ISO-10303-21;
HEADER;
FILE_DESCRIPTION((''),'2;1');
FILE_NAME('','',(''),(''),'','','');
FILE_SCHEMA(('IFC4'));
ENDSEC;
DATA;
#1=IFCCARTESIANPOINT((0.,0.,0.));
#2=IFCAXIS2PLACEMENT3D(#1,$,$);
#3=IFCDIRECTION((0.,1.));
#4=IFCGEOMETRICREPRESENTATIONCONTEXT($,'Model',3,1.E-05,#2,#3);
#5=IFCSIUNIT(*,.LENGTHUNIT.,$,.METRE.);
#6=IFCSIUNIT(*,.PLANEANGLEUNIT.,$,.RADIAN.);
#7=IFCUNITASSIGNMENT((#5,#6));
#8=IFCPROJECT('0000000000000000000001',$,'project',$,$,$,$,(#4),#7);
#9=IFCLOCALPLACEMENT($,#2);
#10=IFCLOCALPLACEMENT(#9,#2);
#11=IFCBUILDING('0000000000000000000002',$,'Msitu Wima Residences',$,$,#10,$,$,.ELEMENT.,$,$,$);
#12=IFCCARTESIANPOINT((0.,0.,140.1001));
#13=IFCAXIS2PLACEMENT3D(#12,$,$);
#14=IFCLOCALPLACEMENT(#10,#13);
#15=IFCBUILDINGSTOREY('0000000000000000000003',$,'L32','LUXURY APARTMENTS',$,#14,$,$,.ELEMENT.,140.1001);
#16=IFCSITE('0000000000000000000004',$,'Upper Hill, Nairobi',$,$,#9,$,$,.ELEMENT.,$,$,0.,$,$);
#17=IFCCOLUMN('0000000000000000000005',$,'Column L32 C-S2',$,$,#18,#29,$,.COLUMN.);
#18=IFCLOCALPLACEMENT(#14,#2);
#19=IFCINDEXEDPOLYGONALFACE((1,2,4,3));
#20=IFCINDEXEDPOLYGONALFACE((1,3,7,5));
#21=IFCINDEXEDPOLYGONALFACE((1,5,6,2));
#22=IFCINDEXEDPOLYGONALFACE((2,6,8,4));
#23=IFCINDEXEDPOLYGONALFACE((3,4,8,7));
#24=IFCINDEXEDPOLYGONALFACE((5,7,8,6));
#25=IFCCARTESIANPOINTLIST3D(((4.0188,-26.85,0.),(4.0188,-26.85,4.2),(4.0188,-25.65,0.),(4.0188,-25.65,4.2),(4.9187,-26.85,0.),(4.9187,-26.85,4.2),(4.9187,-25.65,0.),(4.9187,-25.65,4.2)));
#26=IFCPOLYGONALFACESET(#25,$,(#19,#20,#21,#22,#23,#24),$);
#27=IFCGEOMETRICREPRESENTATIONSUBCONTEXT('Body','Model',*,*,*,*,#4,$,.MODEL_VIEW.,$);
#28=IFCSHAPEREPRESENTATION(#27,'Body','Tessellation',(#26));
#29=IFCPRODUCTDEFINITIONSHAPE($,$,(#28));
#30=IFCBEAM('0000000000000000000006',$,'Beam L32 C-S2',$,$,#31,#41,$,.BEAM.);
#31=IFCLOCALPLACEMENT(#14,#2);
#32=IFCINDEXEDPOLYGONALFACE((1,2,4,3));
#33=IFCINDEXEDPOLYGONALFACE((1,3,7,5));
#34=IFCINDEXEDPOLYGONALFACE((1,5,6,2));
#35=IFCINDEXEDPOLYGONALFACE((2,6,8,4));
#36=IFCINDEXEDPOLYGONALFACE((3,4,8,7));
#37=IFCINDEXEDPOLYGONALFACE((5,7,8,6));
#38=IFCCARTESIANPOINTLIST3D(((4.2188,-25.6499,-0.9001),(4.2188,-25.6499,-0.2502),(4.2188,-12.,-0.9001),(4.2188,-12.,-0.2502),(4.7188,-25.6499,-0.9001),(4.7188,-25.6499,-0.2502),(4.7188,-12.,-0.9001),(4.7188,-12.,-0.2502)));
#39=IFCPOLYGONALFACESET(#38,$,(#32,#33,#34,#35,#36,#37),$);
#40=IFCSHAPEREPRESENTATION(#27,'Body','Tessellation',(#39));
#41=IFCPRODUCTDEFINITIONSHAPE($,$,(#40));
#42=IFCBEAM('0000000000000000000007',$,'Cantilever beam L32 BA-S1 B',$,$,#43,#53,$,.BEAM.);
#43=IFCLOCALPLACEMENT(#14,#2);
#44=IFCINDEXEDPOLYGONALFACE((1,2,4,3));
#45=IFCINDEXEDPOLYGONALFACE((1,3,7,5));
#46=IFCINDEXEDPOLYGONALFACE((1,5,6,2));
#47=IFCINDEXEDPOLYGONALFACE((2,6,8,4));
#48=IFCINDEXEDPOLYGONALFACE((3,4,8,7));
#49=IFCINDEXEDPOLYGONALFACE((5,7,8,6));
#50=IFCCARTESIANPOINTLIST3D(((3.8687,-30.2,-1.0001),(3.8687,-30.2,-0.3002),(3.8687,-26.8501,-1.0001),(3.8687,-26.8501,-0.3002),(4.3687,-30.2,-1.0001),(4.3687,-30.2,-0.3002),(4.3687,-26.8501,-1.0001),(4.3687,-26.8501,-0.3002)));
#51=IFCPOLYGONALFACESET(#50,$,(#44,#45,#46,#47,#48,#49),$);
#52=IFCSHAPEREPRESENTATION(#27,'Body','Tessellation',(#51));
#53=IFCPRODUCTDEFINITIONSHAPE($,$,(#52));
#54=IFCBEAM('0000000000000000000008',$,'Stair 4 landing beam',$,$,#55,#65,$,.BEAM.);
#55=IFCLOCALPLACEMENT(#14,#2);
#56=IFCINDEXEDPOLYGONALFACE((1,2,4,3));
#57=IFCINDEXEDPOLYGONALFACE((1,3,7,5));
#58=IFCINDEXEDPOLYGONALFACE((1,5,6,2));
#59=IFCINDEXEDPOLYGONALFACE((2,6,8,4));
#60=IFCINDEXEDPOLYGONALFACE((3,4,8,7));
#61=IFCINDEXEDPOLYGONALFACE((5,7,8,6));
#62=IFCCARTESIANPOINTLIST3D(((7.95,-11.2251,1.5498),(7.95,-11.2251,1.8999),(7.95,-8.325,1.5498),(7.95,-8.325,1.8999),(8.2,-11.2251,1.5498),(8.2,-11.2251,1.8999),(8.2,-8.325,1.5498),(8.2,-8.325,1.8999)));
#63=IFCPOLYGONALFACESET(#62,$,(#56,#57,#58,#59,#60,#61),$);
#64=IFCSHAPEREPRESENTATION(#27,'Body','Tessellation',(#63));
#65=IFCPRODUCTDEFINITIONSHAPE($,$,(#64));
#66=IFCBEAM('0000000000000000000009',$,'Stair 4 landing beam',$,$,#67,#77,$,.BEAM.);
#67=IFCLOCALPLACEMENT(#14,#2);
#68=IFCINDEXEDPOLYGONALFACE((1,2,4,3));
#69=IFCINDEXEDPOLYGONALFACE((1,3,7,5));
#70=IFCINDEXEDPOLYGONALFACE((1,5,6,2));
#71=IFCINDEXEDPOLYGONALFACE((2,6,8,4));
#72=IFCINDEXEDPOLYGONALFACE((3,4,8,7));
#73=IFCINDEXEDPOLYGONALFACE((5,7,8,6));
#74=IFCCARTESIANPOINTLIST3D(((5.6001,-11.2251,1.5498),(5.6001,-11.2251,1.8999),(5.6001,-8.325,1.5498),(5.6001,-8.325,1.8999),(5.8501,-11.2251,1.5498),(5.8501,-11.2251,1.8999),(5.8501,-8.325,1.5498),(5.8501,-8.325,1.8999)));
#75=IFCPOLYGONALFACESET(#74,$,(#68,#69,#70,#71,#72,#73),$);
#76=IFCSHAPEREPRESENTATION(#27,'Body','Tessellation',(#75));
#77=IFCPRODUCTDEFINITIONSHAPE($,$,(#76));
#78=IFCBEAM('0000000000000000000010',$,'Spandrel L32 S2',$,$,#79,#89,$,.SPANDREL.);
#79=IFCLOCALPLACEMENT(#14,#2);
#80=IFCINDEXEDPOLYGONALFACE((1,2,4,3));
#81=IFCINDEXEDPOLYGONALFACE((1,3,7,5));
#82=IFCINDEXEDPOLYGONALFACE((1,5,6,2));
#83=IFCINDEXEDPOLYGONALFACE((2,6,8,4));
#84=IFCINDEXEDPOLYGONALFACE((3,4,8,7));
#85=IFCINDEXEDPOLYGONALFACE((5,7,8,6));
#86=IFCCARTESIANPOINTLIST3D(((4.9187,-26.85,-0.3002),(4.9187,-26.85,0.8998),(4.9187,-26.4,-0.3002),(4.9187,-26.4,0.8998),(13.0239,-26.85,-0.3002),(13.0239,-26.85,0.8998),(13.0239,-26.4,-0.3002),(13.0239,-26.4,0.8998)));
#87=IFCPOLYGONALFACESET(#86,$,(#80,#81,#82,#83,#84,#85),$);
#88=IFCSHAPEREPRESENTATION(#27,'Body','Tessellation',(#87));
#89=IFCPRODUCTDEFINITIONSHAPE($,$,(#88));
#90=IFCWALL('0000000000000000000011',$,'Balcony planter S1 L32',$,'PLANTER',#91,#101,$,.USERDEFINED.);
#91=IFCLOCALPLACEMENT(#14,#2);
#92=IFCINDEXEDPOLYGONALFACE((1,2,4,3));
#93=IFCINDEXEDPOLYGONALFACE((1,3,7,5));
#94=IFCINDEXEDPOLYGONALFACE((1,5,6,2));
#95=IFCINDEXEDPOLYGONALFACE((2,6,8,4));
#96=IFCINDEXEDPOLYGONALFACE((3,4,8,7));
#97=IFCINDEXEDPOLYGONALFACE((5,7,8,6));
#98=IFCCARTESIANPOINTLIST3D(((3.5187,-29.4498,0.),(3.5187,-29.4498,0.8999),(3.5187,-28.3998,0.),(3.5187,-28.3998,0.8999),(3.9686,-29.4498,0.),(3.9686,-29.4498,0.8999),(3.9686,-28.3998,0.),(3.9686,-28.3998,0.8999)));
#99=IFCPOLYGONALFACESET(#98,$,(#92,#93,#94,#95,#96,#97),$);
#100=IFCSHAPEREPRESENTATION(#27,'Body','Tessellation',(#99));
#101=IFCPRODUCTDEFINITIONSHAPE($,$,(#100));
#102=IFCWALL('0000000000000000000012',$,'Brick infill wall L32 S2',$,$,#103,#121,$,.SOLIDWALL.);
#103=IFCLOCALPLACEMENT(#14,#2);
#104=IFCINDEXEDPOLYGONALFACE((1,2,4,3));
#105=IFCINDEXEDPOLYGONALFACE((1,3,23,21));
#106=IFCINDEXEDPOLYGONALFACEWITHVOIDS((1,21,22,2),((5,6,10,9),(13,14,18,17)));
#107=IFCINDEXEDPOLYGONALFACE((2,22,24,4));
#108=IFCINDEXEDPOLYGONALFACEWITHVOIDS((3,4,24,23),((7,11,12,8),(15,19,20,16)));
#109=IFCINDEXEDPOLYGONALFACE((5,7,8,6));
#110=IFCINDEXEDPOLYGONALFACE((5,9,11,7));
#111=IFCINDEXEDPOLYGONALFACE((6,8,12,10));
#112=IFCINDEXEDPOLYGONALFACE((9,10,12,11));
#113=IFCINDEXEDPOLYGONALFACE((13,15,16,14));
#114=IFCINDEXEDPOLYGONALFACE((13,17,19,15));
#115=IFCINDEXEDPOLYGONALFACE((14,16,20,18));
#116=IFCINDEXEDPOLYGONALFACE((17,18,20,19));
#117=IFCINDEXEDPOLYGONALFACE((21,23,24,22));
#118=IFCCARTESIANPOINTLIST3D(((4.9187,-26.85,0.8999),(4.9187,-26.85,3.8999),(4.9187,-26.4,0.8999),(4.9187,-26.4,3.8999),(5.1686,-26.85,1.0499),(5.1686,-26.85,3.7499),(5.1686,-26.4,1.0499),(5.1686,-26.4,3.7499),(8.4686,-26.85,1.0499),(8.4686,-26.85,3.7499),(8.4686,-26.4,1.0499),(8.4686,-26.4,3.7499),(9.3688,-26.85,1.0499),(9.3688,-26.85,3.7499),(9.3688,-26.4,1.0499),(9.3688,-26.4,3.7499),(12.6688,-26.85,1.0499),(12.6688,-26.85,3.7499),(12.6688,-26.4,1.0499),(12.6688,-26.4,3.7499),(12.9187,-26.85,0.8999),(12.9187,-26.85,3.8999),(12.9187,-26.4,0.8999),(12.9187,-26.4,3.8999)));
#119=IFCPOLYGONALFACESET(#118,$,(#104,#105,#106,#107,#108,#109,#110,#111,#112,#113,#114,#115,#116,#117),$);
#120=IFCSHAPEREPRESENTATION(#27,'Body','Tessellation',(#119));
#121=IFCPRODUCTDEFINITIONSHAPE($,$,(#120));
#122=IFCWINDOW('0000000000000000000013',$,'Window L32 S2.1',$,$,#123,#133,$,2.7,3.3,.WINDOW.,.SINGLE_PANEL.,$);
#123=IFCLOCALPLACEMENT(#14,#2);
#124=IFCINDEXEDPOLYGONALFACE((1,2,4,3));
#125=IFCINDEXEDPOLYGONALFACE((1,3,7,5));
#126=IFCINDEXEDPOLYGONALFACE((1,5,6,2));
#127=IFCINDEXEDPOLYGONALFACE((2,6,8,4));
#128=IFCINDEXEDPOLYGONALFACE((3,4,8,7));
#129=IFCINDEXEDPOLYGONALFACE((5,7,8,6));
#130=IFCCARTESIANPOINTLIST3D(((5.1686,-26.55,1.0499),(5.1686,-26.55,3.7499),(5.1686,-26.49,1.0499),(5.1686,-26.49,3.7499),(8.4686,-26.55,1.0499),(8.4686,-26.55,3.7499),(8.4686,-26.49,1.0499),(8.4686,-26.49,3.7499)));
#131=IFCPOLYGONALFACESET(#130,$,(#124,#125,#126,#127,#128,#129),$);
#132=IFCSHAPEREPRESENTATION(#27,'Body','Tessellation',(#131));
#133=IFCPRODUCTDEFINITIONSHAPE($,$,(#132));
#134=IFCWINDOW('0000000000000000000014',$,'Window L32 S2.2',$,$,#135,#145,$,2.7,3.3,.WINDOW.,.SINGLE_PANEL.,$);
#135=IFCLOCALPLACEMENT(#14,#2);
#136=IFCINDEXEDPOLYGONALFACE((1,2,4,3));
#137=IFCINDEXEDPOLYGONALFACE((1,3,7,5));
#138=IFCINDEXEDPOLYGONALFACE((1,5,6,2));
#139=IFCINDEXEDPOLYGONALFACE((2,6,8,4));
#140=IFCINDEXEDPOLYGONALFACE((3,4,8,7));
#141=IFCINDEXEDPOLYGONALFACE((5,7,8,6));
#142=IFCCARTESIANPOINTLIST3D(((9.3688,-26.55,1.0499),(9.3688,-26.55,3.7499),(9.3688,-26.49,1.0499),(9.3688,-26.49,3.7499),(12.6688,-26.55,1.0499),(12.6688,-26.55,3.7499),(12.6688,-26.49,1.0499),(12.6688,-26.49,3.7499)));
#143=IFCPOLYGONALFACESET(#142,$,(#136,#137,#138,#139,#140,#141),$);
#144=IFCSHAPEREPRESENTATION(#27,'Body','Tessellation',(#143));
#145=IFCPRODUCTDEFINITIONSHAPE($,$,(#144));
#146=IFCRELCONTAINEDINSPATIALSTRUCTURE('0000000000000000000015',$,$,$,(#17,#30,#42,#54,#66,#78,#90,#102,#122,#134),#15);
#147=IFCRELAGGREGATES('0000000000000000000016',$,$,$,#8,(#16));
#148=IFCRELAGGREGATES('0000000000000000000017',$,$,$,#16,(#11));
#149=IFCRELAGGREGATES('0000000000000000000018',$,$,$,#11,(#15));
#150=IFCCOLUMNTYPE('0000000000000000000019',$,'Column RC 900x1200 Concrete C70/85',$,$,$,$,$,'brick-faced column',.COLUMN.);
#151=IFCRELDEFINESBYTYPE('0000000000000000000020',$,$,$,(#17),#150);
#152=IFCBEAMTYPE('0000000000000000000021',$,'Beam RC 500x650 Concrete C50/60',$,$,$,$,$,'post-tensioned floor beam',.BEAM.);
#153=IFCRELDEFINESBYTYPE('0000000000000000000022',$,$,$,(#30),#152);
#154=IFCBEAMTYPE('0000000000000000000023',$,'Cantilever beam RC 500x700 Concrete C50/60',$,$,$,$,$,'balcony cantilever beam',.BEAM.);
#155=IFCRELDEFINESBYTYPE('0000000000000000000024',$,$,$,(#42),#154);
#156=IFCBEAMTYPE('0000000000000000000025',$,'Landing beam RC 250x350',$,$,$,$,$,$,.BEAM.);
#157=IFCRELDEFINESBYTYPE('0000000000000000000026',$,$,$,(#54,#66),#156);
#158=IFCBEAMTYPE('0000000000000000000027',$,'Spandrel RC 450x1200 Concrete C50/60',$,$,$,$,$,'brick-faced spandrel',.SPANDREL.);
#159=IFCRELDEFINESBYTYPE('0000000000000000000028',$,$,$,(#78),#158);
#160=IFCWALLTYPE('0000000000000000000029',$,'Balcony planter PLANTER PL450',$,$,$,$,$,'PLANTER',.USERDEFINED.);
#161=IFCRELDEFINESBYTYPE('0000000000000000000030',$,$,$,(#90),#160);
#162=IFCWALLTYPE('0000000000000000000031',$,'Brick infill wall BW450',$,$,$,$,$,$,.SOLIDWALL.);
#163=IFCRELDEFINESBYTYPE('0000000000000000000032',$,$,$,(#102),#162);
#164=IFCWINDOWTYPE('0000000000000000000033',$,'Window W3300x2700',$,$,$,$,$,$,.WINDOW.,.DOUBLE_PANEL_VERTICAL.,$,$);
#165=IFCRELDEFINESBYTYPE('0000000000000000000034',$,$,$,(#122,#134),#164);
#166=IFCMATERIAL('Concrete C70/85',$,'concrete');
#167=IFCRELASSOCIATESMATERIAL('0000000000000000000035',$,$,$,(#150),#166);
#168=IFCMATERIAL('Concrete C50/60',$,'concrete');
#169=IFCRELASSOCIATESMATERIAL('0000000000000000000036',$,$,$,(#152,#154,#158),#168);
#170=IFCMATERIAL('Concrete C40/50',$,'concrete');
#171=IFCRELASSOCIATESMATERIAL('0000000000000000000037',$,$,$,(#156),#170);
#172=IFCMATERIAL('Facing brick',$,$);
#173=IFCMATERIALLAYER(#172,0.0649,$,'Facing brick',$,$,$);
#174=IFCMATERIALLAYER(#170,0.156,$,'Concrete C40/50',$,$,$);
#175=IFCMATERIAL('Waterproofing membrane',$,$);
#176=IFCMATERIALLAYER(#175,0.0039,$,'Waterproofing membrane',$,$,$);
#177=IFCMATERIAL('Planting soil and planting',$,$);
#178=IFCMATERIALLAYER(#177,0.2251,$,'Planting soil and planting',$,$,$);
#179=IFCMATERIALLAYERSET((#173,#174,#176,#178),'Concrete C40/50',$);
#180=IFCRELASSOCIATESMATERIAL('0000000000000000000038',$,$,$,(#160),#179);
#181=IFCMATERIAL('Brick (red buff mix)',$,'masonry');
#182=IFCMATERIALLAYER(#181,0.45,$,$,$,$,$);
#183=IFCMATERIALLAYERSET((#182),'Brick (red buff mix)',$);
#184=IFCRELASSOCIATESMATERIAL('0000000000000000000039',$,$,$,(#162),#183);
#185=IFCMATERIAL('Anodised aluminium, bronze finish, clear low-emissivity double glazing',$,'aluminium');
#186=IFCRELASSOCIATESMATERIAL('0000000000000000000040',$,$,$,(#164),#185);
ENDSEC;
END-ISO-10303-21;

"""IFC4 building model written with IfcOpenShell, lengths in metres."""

from ifc_helpers import new_model, si_unit, direction, frame, frame_2d, origin, origin_2d, place, context, subcontext, project, spatial, rectangle, extrude, material, layer, layer_set, material_profile, profile_set, type_object, element, fill, save


model = new_model("IFC4")

# Units and contexts
model_context = context("Model", 3, precision=1e-05, world=origin(), true_north=direction((0.0, 1.0)))
body_context = subcontext(model_context, "Body", "Model", "MODEL_VIEW")
ifc_project = project(units=[si_unit("LENGTHUNIT", "METRE"), si_unit("PLANEANGLEUNIT", "RADIAN")], contexts=[model_context])

# Site, building, storey
site_placement = place(None, origin())
site = spatial("IfcSite", under=ifc_project, at=site_placement, Name="Upper Hill, Nairobi", CompositionType="ELEMENT", RefElevation=0.0)
building_placement = place(site_placement, origin())
building = spatial("IfcBuilding", under=site, at=building_placement, Name="Msitu Wima Residences", CompositionType="ELEMENT")
storey_placement = place(building_placement, frame((0.0, 0.0, 140.1001)))
storey = spatial("IfcBuildingStorey", under=building, at=storey_placement, Name="L32", Description="LUXURY APARTMENTS", CompositionType="ELEMENT", Elevation=140.1001)

# Column
ifc_material_1 = material(Name="Concrete C70/85", Category="concrete")
ifc_material_profile_1 = material_profile(ifc_material_1, rectangle(XDim=0.8999, YDim=1.2, at=origin_2d()), Name="RC 900x1200")
ifc_profile_set_1 = profile_set([ifc_material_profile_1], Name="Concrete C70/85")
column_type = type_object("IfcColumnType", Name="Column RC 900x1200 Concrete C70/85", ElementType="brick-faced column", PredefinedType="COLUMN", material=ifc_profile_set_1)
column_placement = place(storey_placement, frame((4.4688, -26.25, 0.0), z_axis=(0.0, 0.0, 1.0), x_axis=(1.0, 0.0, 0.0)))
element("IfcColumn", 1, at=column_placement, inside=storey, type_object=column_type, Name="Column L32 C-S2", PredefinedType="COLUMN", context=body_context, shape_type="SweptSolid", body=[
    extrude(rectangle(XDim=0.8999, YDim=1.2, at=origin_2d()), origin(), (0.0, 0.0, 1.0), 4.2),
])

# Beams
ifc_material_2 = material(Name="Concrete C50/60", Category="concrete")
ifc_material_profile_2 = material_profile(ifc_material_2, rectangle(XDim=0.5, YDim=0.6499, at=origin_2d()), Name="RC 500x650")
ifc_profile_set_2 = profile_set([ifc_material_profile_2], Name="Concrete C50/60")
beam_type_1 = type_object("IfcBeamType", Name="Beam RC 500x650 Concrete C50/60", ElementType="post-tensioned floor beam", PredefinedType="BEAM", material=ifc_profile_set_2)
beam_1_placement = place(storey_placement, frame((4.4688, -25.6499, -0.5752), z_axis=(0.0, 1.0, 0.0), x_axis=(-1.0, 0.0, 0.0)))
element("IfcBeam", 2, at=beam_1_placement, inside=storey, type_object=beam_type_1, Name="Beam L32 C-S2", PredefinedType="BEAM", context=body_context, shape_type="SweptSolid", body=[
    extrude(rectangle(XDim=0.5, YDim=0.6499, at=origin_2d()), origin(), (0.0, 0.0, 1.0), 13.6499),
])
ifc_material_profile_3 = material_profile(ifc_material_2, rectangle(XDim=0.5, YDim=0.7, at=origin_2d()), Name="RC 500x700")
ifc_profile_set_3 = profile_set([ifc_material_profile_3], Name="Concrete C50/60")
beam_type_2 = type_object("IfcBeamType", Name="Cantilever beam RC 500x700 Concrete C50/60", ElementType="balcony cantilever beam", PredefinedType="BEAM", material=ifc_profile_set_3)
beam_2_placement = place(storey_placement, frame((4.1187, -26.8501, -0.6501), z_axis=(0.0, -1.0, 0.0), x_axis=(1.0, 0.0, 0.0)))
element("IfcBeam", 3, at=beam_2_placement, inside=storey, type_object=beam_type_2, Name="Cantilever beam L32 BA-S1 B", PredefinedType="BEAM", context=body_context, shape_type="SweptSolid", body=[
    extrude(rectangle(XDim=0.5, YDim=0.7, at=origin_2d()), origin(), (0.0, 0.0, 1.0), 3.3499),
])
ifc_material_3 = material(Name="Concrete C40/50", Category="concrete")
ifc_material_profile_4 = material_profile(ifc_material_3, rectangle(XDim=0.25, YDim=0.3501, at=origin_2d()), Name="RC 250x350")
ifc_profile_set_4 = profile_set([ifc_material_profile_4], Name="Concrete C40/50")
beam_type_3 = type_object("IfcBeamType", Name="Landing beam RC 250x350", PredefinedType="BEAM", material=ifc_profile_set_4)
for number, where, z_axis, x_axis, name in (
    (4, (8.075, -11.2251, 1.7249), (0.0, 1.0, 0.0), (-1.0, 0.0, 0.0), "Stair 4 landing beam"),
    (5, (5.7251, -11.2251, 1.7249), (0.0, 1.0, 0.0), (-1.0, 0.0, 0.0), "Stair 4 landing beam"),
):
    element("IfcBeam", number, at=place(storey_placement, frame(where, z_axis=z_axis, x_axis=x_axis)), inside=storey, type_object=beam_type_3, Name=name, PredefinedType="BEAM", context=body_context, shape_type="SweptSolid", body=[
        extrude(rectangle(XDim=0.25, YDim=0.3501, at=origin_2d()), origin(), (0.0, 0.0, 1.0), 2.9001),
    ])
ifc_material_profile_5 = material_profile(ifc_material_2, rectangle(XDim=0.45, YDim=1.2, at=origin_2d()), Name="RC 450x1200")
ifc_profile_set_5 = profile_set([ifc_material_profile_5], Name="Concrete C50/60")
beam_type_4 = type_object("IfcBeamType", Name="Spandrel RC 450x1200 Concrete C50/60", ElementType="brick-faced spandrel", PredefinedType="SPANDREL", material=ifc_profile_set_5)
beam_3_placement = place(storey_placement, frame((4.9187, -26.625, 0.2998), z_axis=(1.0, 0.0, 0.0), x_axis=(0.0, 1.0, 0.0)))
element("IfcBeam", 6, at=beam_3_placement, inside=storey, type_object=beam_type_4, Name="Spandrel L32 S2", PredefinedType="SPANDREL", context=body_context, shape_type="SweptSolid", body=[
    extrude(rectangle(XDim=0.45, YDim=1.2, at=origin_2d()), origin(), (0.0, 0.0, 1.0), 8.1052),
])

# Wall
ifc_material_4 = material(Name="Facing brick")
ifc_layer_1 = layer(ifc_material_4, 0.0649, Name="Facing brick")
ifc_layer_2 = layer(ifc_material_3, 0.156, Name="Concrete C40/50")
ifc_material_5 = material(Name="Waterproofing membrane")
ifc_layer_3 = layer(ifc_material_5, 0.0039, Name="Waterproofing membrane")
ifc_material_6 = material(Name="Planting soil and planting")
ifc_layer_4 = layer(ifc_material_6, 0.2251, Name="Planting soil and planting")
ifc_layer_set_1 = layer_set([ifc_layer_1, ifc_layer_2, ifc_layer_3, ifc_layer_4], Name="Concrete C40/50")
wall_type_1 = type_object("IfcWallType", Name="Balcony planter PLANTER PL450", ElementType="PLANTER", PredefinedType="USERDEFINED", material=ifc_layer_set_1)
wall_1_placement = place(storey_placement, frame((3.7437, -28.3999, 0.0), z_axis=(0.0, 0.0, 1.0), x_axis=(0.0, -1.0, 0.0)))
element("IfcWall", 7, at=wall_1_placement, inside=storey, type_object=wall_type_1, Name="Balcony planter S1 L32", ObjectType="PLANTER", PredefinedType="USERDEFINED", context=body_context, shape_type="SweptSolid", body=[
    extrude(rectangle(XDim=1.05, YDim=0.45, at=frame_2d((0.5249, 0.0))), origin(), (0.0, 0.0, 1.0), 0.8999),
])

# Wall, openings, windows
ifc_material_7 = material(Name="Brick (red buff mix)", Category="masonry")
ifc_layer_5 = layer(ifc_material_7, 0.45)
ifc_layer_set_2 = layer_set([ifc_layer_5], Name="Brick (red buff mix)")
wall_type_2 = type_object("IfcWallType", Name="Brick infill wall BW450", PredefinedType="SOLIDWALL", material=ifc_layer_set_2)
wall_2_placement = place(storey_placement, frame((4.9187, -26.625, 0.8999), z_axis=(0.0, 0.0, 1.0), x_axis=(1.0, 0.0, 0.0)))
wall_2 = element("IfcWall", 8, at=wall_2_placement, inside=storey, type_object=wall_type_2, Name="Brick infill wall L32 S2", PredefinedType="SOLIDWALL", context=body_context, shape_type="SweptSolid", body=[
    extrude(rectangle(XDim=8.0, YDim=0.45, at=frame_2d((4.0, 0.0))), origin(), (0.0, 0.0, 1.0), 3.0),
])
opening_1_placement = place(wall_2_placement, frame((0.25, 0.0, 0.1499)))
opening_1 = element("IfcOpeningElement", 9, at=opening_1_placement, cuts=wall_2, PredefinedType="OPENING", context=body_context, shape_type="SweptSolid", body=[
    extrude(rectangle(XDim=3.3, YDim=2.7, at=frame_2d((1.6499, 1.3501))), frame((0.0, 0.2349, 0.0), z_axis=(0.0, -1.0, 0.0), x_axis=(1.0, 0.0, 0.0)), (0.0, 0.0, 1.0), 0.47),
])
opening_2_placement = place(wall_2_placement, frame((4.4502, 0.0, 0.1499)))
opening_2 = element("IfcOpeningElement", 10, at=opening_2_placement, cuts=wall_2, PredefinedType="OPENING", context=body_context, shape_type="SweptSolid", body=[
    extrude(rectangle(XDim=3.3, YDim=2.7, at=frame_2d((1.6499, 1.3501))), frame((0.0, 0.2349, 0.0), z_axis=(0.0, -1.0, 0.0), x_axis=(1.0, 0.0, 0.0)), (0.0, 0.0, 1.0), 0.47),
])
ifc_material_8 = material(Name="Anodised aluminium, bronze finish, clear low-emissivity double glazing", Category="aluminium")
window_type = type_object("IfcWindowType", Name="Window W3300x2700", PartitioningType="DOUBLE_PANEL_VERTICAL", PredefinedType="WINDOW", material=ifc_material_8)
window_1_placement = place(opening_1_placement, origin())
window_1 = element("IfcWindow", 11, at=window_1_placement, inside=storey, type_object=window_type, Name="Window L32 S2.1", OverallHeight=2.7, OverallWidth=3.3, PartitioningType="SINGLE_PANEL", PredefinedType="WINDOW", context=body_context, shape_type="SweptSolid", body=[
    extrude(rectangle(XDim=3.3, YDim=2.7, at=frame_2d((1.6499, 1.3501))), frame((0.0, 0.135, 0.0), z_axis=(0.0, -1.0, 0.0), x_axis=(1.0, 0.0, 0.0)), (0.0, 0.0, 1.0), 0.0601),
])
fill(opening_1, window_1)
window_2_placement = place(opening_2_placement, origin())
window_2 = element("IfcWindow", 12, at=window_2_placement, inside=storey, type_object=window_type, Name="Window L32 S2.2", OverallHeight=2.7, OverallWidth=3.3, PartitioningType="SINGLE_PANEL", PredefinedType="WINDOW", context=body_context, shape_type="SweptSolid", body=[
    extrude(rectangle(XDim=3.3, YDim=2.7, at=frame_2d((1.6499, 1.3501))), frame((0.0, 0.135, 0.0), z_axis=(0.0, -1.0, 0.0), x_axis=(1.0, 0.0, 0.0)), (0.0, 0.0, 1.0), 0.0601),
])
fill(opening_2, window_2)

save(model, "model.ifc")
